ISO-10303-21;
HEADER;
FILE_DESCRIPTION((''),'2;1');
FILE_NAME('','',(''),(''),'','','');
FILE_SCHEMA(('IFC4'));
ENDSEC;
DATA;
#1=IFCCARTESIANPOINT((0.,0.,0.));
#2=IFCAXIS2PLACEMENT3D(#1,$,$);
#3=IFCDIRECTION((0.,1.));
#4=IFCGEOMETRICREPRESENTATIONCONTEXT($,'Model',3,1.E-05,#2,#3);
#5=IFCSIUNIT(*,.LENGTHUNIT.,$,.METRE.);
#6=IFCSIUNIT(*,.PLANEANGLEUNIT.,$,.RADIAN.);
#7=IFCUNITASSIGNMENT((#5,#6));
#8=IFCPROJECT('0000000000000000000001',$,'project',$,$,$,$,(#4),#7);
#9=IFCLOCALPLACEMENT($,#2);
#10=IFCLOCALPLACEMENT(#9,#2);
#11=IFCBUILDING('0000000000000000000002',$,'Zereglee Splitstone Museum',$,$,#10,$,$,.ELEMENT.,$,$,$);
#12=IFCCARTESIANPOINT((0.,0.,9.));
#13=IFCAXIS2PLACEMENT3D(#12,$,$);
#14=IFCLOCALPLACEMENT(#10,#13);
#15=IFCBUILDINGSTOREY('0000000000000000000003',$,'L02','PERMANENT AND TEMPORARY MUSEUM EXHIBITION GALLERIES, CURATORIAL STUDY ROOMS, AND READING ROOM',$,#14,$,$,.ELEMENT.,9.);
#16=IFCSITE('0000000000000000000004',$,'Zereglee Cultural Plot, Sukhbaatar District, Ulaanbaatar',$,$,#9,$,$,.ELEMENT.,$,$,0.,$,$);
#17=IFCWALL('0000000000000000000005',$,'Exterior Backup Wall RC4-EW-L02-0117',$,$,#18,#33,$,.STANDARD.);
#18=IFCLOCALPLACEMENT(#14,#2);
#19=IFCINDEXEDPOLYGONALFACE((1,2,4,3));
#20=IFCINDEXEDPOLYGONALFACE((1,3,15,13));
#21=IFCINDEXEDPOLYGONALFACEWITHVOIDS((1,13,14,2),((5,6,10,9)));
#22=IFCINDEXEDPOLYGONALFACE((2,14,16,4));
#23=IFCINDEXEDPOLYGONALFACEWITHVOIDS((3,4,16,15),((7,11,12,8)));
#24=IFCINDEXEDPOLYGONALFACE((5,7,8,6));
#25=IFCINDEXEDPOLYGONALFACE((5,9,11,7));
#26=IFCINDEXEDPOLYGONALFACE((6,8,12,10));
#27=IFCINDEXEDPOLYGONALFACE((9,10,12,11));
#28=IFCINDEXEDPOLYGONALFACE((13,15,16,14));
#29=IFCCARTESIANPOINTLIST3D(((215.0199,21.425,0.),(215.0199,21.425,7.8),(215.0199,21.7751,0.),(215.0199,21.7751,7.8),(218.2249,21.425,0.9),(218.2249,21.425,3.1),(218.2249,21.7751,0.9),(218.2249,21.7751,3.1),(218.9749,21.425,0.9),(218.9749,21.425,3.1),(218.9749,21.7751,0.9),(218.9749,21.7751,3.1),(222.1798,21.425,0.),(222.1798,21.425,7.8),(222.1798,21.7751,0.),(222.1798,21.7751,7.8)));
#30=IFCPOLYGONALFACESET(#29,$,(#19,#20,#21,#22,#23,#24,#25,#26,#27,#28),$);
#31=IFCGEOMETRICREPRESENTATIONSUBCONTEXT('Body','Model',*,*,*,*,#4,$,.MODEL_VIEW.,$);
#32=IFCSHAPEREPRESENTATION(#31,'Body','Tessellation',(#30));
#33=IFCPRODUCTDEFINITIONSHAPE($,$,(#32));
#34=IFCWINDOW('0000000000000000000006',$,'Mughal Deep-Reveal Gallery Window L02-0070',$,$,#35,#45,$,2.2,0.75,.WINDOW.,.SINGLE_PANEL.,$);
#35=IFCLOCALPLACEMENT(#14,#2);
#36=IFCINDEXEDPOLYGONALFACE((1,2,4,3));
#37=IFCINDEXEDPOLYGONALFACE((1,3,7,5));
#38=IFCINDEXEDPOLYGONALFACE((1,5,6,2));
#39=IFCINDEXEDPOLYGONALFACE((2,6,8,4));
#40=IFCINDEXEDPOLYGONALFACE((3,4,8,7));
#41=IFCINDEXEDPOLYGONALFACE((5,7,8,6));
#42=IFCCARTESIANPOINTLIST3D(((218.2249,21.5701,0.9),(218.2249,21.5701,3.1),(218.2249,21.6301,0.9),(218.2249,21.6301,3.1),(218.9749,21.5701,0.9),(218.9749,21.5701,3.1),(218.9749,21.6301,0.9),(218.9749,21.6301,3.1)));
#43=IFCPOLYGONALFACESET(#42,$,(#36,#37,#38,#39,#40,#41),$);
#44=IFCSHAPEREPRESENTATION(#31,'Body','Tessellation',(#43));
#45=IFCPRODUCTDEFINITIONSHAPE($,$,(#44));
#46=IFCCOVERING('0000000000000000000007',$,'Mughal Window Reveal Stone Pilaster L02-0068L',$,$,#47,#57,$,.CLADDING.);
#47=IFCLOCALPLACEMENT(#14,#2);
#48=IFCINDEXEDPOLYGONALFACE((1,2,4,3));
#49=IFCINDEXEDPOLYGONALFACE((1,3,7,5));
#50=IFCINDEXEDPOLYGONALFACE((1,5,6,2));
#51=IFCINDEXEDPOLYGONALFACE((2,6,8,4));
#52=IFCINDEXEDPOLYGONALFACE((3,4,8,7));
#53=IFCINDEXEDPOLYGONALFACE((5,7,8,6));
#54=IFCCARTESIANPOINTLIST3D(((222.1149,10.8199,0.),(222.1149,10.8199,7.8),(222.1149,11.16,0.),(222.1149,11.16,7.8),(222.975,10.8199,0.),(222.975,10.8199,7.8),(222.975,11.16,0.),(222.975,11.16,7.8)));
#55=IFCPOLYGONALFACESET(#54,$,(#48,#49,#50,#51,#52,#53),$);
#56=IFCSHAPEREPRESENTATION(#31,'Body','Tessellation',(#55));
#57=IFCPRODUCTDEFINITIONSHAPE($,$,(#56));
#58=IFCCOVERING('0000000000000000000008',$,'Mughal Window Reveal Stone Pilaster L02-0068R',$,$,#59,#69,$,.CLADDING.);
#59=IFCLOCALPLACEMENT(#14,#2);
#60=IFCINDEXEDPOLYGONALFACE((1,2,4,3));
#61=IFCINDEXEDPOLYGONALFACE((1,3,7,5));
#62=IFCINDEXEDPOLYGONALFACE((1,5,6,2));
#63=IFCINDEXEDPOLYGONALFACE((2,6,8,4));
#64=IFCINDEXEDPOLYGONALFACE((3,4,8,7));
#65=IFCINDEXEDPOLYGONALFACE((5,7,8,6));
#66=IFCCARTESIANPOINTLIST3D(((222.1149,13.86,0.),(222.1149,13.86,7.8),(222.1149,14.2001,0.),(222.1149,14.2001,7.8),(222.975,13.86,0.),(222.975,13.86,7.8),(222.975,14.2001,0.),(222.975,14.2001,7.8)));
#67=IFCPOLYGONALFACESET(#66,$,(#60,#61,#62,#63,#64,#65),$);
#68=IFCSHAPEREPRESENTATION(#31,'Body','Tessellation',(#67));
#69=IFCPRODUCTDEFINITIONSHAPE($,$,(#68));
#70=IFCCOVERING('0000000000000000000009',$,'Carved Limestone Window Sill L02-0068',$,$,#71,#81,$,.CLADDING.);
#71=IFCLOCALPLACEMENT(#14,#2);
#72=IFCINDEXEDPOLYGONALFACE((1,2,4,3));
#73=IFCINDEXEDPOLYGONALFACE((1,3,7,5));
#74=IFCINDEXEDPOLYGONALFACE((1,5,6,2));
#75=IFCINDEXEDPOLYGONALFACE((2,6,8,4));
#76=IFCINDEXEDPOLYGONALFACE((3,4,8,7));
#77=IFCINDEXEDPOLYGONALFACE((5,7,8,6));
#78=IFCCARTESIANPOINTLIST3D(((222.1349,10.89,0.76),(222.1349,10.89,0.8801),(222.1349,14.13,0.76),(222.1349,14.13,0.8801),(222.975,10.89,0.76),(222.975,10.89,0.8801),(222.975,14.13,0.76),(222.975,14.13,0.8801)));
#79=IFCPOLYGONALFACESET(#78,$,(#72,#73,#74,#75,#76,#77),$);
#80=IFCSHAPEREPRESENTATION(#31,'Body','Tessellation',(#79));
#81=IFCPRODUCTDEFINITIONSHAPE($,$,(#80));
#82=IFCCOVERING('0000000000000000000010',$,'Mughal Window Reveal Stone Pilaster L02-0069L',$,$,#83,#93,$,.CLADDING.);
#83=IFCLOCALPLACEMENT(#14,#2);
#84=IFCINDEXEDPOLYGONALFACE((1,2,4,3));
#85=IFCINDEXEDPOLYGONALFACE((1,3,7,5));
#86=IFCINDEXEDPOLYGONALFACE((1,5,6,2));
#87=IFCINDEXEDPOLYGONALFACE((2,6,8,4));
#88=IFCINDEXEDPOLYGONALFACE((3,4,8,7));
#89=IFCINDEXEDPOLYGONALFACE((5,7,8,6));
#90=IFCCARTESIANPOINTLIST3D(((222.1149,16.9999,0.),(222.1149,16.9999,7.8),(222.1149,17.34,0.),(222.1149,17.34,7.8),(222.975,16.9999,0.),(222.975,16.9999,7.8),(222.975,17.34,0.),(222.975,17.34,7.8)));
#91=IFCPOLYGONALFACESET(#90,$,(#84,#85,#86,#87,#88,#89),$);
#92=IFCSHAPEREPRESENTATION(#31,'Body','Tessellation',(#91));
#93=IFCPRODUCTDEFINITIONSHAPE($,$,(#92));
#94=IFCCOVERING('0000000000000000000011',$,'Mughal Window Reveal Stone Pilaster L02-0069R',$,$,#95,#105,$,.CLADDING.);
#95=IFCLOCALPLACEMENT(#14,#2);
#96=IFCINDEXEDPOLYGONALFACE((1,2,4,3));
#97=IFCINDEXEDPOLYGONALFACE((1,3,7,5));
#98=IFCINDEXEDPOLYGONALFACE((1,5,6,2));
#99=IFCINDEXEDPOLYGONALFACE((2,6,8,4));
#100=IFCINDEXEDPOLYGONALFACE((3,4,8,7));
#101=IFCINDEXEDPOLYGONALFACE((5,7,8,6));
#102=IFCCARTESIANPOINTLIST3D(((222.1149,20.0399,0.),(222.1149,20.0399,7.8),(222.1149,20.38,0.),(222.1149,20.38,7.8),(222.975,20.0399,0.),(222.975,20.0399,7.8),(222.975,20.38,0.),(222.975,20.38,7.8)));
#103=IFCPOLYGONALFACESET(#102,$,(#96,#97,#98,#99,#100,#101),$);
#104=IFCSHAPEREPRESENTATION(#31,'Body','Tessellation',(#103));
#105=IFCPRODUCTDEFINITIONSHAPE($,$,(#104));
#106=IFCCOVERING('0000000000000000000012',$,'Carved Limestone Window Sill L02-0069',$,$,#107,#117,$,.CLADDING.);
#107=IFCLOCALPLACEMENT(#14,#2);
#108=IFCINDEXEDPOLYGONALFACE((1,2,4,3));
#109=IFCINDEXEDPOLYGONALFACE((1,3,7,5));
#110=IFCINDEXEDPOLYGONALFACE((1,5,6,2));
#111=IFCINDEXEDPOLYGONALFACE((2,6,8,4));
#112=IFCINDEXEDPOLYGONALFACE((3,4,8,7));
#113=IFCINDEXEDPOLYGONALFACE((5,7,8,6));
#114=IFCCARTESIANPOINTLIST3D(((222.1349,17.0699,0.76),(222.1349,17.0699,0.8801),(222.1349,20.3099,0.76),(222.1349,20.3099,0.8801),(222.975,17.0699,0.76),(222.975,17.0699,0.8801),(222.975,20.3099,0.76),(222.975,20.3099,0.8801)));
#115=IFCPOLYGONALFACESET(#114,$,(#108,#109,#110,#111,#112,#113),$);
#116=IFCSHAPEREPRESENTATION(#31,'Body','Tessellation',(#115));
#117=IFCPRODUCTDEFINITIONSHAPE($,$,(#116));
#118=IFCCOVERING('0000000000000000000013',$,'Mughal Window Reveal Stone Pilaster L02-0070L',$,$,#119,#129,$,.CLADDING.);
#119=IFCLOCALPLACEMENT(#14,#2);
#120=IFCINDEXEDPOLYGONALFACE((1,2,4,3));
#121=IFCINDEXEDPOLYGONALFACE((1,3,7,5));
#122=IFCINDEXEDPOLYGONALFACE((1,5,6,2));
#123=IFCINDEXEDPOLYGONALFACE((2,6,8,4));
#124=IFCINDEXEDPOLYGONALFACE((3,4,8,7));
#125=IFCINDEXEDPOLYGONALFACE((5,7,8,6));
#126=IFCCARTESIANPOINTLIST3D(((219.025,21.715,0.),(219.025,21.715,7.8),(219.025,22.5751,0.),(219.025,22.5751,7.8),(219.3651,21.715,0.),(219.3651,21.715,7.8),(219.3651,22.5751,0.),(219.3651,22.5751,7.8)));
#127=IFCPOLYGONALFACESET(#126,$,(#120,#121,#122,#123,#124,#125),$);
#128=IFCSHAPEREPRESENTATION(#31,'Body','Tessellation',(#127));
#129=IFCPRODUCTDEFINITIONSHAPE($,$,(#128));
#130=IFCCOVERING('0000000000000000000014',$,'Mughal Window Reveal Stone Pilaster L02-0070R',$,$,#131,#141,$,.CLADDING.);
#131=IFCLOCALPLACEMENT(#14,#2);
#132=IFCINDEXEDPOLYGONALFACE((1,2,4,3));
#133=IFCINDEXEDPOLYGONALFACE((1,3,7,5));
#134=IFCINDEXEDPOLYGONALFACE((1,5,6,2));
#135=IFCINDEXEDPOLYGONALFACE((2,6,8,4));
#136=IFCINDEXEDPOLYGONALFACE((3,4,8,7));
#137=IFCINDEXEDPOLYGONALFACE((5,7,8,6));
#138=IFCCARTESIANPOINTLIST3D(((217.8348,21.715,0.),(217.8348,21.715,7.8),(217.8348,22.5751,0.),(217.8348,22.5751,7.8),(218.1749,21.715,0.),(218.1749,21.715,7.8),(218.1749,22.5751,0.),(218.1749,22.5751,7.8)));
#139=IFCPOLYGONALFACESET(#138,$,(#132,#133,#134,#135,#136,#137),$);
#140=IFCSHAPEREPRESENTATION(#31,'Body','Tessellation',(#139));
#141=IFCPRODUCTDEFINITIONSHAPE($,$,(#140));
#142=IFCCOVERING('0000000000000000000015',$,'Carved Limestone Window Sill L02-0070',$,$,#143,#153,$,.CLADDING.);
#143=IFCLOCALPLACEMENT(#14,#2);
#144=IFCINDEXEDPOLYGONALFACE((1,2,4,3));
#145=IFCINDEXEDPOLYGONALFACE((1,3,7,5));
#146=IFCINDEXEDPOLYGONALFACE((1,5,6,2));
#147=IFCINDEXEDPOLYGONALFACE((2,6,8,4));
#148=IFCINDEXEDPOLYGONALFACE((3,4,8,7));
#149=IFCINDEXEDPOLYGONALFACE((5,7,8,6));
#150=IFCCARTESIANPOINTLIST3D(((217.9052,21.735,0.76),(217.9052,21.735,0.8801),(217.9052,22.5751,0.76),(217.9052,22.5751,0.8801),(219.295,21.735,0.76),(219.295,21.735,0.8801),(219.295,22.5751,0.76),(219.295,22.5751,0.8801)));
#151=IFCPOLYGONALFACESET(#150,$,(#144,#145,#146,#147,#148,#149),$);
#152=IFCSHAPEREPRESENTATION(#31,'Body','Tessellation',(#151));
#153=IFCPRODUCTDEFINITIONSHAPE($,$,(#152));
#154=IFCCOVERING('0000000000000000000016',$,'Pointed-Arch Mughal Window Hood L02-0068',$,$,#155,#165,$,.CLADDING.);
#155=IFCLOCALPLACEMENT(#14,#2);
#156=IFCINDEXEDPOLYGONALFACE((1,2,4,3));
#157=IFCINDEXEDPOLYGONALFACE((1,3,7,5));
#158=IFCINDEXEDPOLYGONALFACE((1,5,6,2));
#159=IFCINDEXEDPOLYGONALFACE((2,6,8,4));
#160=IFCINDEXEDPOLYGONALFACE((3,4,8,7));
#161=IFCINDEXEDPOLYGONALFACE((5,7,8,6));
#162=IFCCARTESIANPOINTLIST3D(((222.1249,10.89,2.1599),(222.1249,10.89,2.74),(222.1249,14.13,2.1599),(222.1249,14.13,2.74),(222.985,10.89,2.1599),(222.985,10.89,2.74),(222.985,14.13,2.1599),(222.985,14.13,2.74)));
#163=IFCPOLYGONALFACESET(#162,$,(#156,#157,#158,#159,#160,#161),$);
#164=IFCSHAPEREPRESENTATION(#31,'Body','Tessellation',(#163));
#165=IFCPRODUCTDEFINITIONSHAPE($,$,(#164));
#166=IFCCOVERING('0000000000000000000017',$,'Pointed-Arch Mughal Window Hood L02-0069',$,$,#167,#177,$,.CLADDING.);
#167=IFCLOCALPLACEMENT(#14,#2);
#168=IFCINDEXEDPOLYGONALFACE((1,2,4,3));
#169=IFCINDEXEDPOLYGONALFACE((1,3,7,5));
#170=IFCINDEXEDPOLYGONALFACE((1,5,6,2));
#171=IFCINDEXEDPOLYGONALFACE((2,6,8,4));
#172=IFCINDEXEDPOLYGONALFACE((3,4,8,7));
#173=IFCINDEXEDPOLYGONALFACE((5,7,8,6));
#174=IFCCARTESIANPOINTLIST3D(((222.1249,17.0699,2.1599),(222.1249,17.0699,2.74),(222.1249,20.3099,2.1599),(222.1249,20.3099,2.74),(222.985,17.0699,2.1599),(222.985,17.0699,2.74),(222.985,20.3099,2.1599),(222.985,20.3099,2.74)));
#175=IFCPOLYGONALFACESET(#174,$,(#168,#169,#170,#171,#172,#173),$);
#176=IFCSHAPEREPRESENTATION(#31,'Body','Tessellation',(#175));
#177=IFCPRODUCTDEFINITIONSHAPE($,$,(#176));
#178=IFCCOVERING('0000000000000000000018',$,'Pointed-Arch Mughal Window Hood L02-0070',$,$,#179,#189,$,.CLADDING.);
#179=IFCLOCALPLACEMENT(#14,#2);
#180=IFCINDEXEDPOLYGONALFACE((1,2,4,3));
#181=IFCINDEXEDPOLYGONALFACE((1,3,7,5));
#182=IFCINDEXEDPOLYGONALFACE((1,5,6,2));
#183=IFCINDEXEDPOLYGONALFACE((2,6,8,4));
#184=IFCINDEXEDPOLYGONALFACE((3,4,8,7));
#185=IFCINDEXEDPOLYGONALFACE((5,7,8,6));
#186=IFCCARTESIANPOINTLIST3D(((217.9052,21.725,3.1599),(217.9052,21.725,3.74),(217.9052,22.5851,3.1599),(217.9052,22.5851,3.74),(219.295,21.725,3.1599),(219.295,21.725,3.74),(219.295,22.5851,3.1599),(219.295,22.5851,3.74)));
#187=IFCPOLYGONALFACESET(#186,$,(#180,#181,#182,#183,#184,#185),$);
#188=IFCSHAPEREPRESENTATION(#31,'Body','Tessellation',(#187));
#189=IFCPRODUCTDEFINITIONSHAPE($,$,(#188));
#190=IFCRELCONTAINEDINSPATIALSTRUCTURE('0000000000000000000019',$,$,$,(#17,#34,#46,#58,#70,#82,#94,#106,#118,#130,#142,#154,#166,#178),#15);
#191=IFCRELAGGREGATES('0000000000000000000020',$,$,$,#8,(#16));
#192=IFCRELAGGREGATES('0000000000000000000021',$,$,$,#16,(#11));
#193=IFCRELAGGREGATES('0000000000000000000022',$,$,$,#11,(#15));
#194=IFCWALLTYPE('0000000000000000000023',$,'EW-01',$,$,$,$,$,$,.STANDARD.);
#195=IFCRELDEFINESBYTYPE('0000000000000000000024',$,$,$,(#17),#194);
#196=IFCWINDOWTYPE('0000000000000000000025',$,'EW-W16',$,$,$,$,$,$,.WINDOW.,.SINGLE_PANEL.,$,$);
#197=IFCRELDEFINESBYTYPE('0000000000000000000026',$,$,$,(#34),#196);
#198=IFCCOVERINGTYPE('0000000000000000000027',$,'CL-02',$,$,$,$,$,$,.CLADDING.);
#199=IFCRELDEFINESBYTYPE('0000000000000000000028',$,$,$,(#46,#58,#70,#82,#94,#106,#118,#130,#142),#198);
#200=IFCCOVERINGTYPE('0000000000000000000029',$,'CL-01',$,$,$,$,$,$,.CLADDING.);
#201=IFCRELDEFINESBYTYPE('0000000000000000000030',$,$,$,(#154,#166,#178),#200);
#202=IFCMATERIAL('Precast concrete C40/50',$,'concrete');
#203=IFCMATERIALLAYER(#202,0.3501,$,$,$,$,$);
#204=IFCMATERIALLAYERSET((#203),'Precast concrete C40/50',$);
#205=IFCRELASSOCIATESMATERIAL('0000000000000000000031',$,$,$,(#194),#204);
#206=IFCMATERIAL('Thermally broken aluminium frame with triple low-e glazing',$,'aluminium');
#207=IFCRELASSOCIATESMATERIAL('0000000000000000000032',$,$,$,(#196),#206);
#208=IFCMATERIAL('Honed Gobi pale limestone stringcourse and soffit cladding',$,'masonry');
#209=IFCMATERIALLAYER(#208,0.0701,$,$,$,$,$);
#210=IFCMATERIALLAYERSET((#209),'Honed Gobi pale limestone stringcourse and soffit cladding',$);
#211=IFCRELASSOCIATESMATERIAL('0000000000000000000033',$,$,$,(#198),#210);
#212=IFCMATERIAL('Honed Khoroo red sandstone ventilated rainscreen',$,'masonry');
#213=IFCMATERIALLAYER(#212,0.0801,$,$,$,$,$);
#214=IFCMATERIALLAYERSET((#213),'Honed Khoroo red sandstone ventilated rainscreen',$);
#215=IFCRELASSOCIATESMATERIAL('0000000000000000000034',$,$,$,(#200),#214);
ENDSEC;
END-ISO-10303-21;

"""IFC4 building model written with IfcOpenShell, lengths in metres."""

from ifc_helpers import new_model, si_unit, direction, frame, frame_2d, origin, origin_2d, place, context, subcontext, project, spatial, rectangle, extrude, material, layer, layer_set, type_object, element, fill, save


model = new_model("IFC4")

# Units and contexts
model_context = context("Model", 3, precision=1e-05, world=origin(), true_north=direction((0.0, 1.0)))
body_context = subcontext(model_context, "Body", "Model", "MODEL_VIEW")
ifc_project = project(units=[si_unit("LENGTHUNIT", "METRE"), si_unit("PLANEANGLEUNIT", "RADIAN")], contexts=[model_context])

# Site, building, storey
site_placement = place(None, origin())
site = spatial("IfcSite", under=ifc_project, at=site_placement, Name="Zereglee Cultural Plot, Sukhbaatar District, Ulaanbaatar", CompositionType="ELEMENT", RefElevation=0.0)
building_placement = place(site_placement, origin())
building = spatial("IfcBuilding", under=site, at=building_placement, Name="Zereglee Splitstone Museum", CompositionType="ELEMENT")
storey_placement = place(building_placement, frame((0.0, 0.0, 9.0)))
storey = spatial("IfcBuildingStorey", under=building, at=storey_placement, Name="L02", Description="PERMANENT AND TEMPORARY MUSEUM EXHIBITION GALLERIES, CURATORIAL STUDY ROOMS, AND READING ROOM", CompositionType="ELEMENT", Elevation=9.0)

# Wall, opening, window
ifc_material_1 = material(Name="Precast concrete C40/50", Category="concrete")
ifc_layer_1 = layer(ifc_material_1, 0.3501)
ifc_layer_set_1 = layer_set([ifc_layer_1], Name="Precast concrete C40/50")
wall_type = type_object("IfcWallType", Name="EW-01", PredefinedType="STANDARD", material=ifc_layer_set_1)
wall_placement = place(storey_placement, frame((222.1799, 21.6001, 0.0), z_axis=(0.0, 0.0, 1.0), x_axis=(-1.0, 0.0, 0.0)))
wall = element("IfcWall", 1, at=wall_placement, inside=storey, type_object=wall_type, Name="Exterior Backup Wall RC4-EW-L02-0117", PredefinedType="STANDARD", context=body_context, shape_type="SweptSolid", body=[
    extrude(rectangle(XDim=7.1599, YDim=0.3501, at=frame_2d((3.5801, 0.0))), origin(), (0.0, 0.0, 1.0), 7.8),
])
opening_placement = place(wall_placement, frame((3.2051, 0.0, 0.8999)))
opening = element("IfcOpeningElement", 2, at=opening_placement, cuts=wall, PredefinedType="OPENING", context=body_context, shape_type="SweptSolid", body=[
    extrude(rectangle(XDim=0.75, YDim=2.2, at=frame_2d((0.375, 1.1001))), frame((0.0, 0.1899, 0.0), z_axis=(0.0, -1.0, 0.0), x_axis=(1.0, 0.0, 0.0)), (0.0, 0.0, 1.0), 0.3799),
])
ifc_material_2 = material(Name="Thermally broken aluminium frame with triple low-e glazing", Category="aluminium")
window_type = type_object("IfcWindowType", Name="EW-W16", PartitioningType="SINGLE_PANEL", PredefinedType="WINDOW", material=ifc_material_2)
window_placement = place(opening_placement, origin())
window = element("IfcWindow", 3, at=window_placement, inside=storey, type_object=window_type, Name="Mughal Deep-Reveal Gallery Window L02-0070", OverallHeight=2.2, OverallWidth=0.75, PartitioningType="SINGLE_PANEL", PredefinedType="WINDOW", context=body_context, shape_type="SweptSolid", body=[
    extrude(rectangle(XDim=0.75, YDim=2.2, at=frame_2d((0.375, 1.1001))), frame((0.0, 0.03, 0.0), z_axis=(0.0, -1.0, 0.0), x_axis=(1.0, 0.0, 0.0)), (0.0, 0.0, 1.0), 0.0601),
])
fill(opening, window)

# Coverings
ifc_material_3 = material(Name="Honed Gobi pale limestone stringcourse and soffit cladding", Category="masonry")
ifc_layer_2 = layer(ifc_material_3, 0.0701)
ifc_layer_set_2 = layer_set([ifc_layer_2], Name="Honed Gobi pale limestone stringcourse and soffit cladding")
covering_type_1 = type_object("IfcCoveringType", Name="CL-02", PredefinedType="CLADDING", material=ifc_layer_set_2)
for number, where, z_axis, x_axis, name in (
    (4, (222.5449, 10.99, 0.0), (0.0, 0.0, 1.0), (0.0, 1.0, 0.0), "Mughal Window Reveal Stone Pilaster L02-0068L"),
    (5, (222.5449, 14.03, 0.0), (0.0, 0.0, 1.0), (0.0, 1.0, 0.0), "Mughal Window Reveal Stone Pilaster L02-0068R"),
):
    element("IfcCovering", number, at=place(storey_placement, frame(where, z_axis=z_axis, x_axis=x_axis)), inside=storey, type_object=covering_type_1, Name=name, PredefinedType="CLADDING", context=body_context, shape_type="SweptSolid", body=[
        extrude(rectangle(XDim=0.3401, YDim=0.8601, at=origin_2d()), origin(), (0.0, 0.0, 1.0), 7.8),
    ])
covering_1_placement = place(storey_placement, frame((222.5549, 12.51, 0.76), z_axis=(0.0, 0.0, 1.0), x_axis=(0.0, 1.0, 0.0)))
element("IfcCovering", 6, at=covering_1_placement, inside=storey, type_object=covering_type_1, Name="Carved Limestone Window Sill L02-0068", PredefinedType="CLADDING", context=body_context, shape_type="SweptSolid", body=[
    extrude(rectangle(XDim=3.24, YDim=0.8401, at=origin_2d()), origin(), (0.0, 0.0, 1.0), 0.1201),
])
for number, where, z_axis, x_axis, name in (
    (7, (222.5449, 17.1699, 0.0), (0.0, 0.0, 1.0), (0.0, 1.0, 0.0), "Mughal Window Reveal Stone Pilaster L02-0069L"),
    (8, (222.5449, 20.21, 0.0), (0.0, 0.0, 1.0), (0.0, 1.0, 0.0), "Mughal Window Reveal Stone Pilaster L02-0069R"),
):
    element("IfcCovering", number, at=place(storey_placement, frame(where, z_axis=z_axis, x_axis=x_axis)), inside=storey, type_object=covering_type_1, Name=name, PredefinedType="CLADDING", context=body_context, shape_type="SweptSolid", body=[
        extrude(rectangle(XDim=0.3401, YDim=0.8601, at=origin_2d()), origin(), (0.0, 0.0, 1.0), 7.8),
    ])
covering_2_placement = place(storey_placement, frame((222.5549, 18.6899, 0.76), z_axis=(0.0, 0.0, 1.0), x_axis=(0.0, 1.0, 0.0)))
element("IfcCovering", 9, at=covering_2_placement, inside=storey, type_object=covering_type_1, Name="Carved Limestone Window Sill L02-0069", PredefinedType="CLADDING", context=body_context, shape_type="SweptSolid", body=[
    extrude(rectangle(XDim=3.24, YDim=0.8401, at=origin_2d()), origin(), (0.0, 0.0, 1.0), 0.1201),
])
for number, where, z_axis, x_axis, name in (
    (10, (219.1951, 22.145, 0.0), (0.0, 0.0, 1.0), (-1.0, 0.0, 0.0), "Mughal Window Reveal Stone Pilaster L02-0070L"),
    (11, (218.0049, 22.145, 0.0), (0.0, 0.0, 1.0), (-1.0, 0.0, 0.0), "Mughal Window Reveal Stone Pilaster L02-0070R"),
):
    element("IfcCovering", number, at=place(storey_placement, frame(where, z_axis=z_axis, x_axis=x_axis)), inside=storey, type_object=covering_type_1, Name=name, PredefinedType="CLADDING", context=body_context, shape_type="SweptSolid", body=[
        extrude(rectangle(XDim=0.3401, YDim=0.8601, at=origin_2d()), origin(), (0.0, 0.0, 1.0), 7.8),
    ])
covering_3_placement = place(storey_placement, frame((218.6001, 22.155, 0.76), z_axis=(0.0, 0.0, 1.0), x_axis=(-1.0, 0.0, 0.0)))
element("IfcCovering", 12, at=covering_3_placement, inside=storey, type_object=covering_type_1, Name="Carved Limestone Window Sill L02-0070", PredefinedType="CLADDING", context=body_context, shape_type="SweptSolid", body=[
    extrude(rectangle(XDim=1.3899, YDim=0.8401, at=origin_2d()), origin(), (0.0, 0.0, 1.0), 0.1201),
])
ifc_material_4 = material(Name="Honed Khoroo red sandstone ventilated rainscreen", Category="masonry")
ifc_layer_3 = layer(ifc_material_4, 0.0801)
ifc_layer_set_3 = layer_set([ifc_layer_3], Name="Honed Khoroo red sandstone ventilated rainscreen")
covering_type_2 = type_object("IfcCoveringType", Name="CL-01", PredefinedType="CLADDING", material=ifc_layer_set_3)
for number, where, z_axis, x_axis, name in (
    (13, (222.5549, 12.51, 2.1599), (0.0, 0.0, 1.0), (0.0, 1.0, 0.0), "Pointed-Arch Mughal Window Hood L02-0068"),
    (14, (222.5549, 18.6899, 2.1599), (0.0, 0.0, 1.0), (0.0, 1.0, 0.0), "Pointed-Arch Mughal Window Hood L02-0069"),
):
    element("IfcCovering", number, at=place(storey_placement, frame(where, z_axis=z_axis, x_axis=x_axis)), inside=storey, type_object=covering_type_2, Name=name, PredefinedType="CLADDING", context=body_context, shape_type="SweptSolid", body=[
        extrude(rectangle(XDim=3.24, YDim=0.8601, at=origin_2d()), origin(), (0.0, 0.0, 1.0), 0.5801),
    ])
covering_4_placement = place(storey_placement, frame((218.6001, 22.155, 3.1599), z_axis=(0.0, 0.0, 1.0), x_axis=(-1.0, 0.0, 0.0)))
element("IfcCovering", 15, at=covering_4_placement, inside=storey, type_object=covering_type_2, Name="Pointed-Arch Mughal Window Hood L02-0070", PredefinedType="CLADDING", context=body_context, shape_type="SweptSolid", body=[
    extrude(rectangle(XDim=1.3899, YDim=0.8601, at=origin_2d()), origin(), (0.0, 0.0, 1.0), 0.5801),
])

save(model, "model.ifc")
